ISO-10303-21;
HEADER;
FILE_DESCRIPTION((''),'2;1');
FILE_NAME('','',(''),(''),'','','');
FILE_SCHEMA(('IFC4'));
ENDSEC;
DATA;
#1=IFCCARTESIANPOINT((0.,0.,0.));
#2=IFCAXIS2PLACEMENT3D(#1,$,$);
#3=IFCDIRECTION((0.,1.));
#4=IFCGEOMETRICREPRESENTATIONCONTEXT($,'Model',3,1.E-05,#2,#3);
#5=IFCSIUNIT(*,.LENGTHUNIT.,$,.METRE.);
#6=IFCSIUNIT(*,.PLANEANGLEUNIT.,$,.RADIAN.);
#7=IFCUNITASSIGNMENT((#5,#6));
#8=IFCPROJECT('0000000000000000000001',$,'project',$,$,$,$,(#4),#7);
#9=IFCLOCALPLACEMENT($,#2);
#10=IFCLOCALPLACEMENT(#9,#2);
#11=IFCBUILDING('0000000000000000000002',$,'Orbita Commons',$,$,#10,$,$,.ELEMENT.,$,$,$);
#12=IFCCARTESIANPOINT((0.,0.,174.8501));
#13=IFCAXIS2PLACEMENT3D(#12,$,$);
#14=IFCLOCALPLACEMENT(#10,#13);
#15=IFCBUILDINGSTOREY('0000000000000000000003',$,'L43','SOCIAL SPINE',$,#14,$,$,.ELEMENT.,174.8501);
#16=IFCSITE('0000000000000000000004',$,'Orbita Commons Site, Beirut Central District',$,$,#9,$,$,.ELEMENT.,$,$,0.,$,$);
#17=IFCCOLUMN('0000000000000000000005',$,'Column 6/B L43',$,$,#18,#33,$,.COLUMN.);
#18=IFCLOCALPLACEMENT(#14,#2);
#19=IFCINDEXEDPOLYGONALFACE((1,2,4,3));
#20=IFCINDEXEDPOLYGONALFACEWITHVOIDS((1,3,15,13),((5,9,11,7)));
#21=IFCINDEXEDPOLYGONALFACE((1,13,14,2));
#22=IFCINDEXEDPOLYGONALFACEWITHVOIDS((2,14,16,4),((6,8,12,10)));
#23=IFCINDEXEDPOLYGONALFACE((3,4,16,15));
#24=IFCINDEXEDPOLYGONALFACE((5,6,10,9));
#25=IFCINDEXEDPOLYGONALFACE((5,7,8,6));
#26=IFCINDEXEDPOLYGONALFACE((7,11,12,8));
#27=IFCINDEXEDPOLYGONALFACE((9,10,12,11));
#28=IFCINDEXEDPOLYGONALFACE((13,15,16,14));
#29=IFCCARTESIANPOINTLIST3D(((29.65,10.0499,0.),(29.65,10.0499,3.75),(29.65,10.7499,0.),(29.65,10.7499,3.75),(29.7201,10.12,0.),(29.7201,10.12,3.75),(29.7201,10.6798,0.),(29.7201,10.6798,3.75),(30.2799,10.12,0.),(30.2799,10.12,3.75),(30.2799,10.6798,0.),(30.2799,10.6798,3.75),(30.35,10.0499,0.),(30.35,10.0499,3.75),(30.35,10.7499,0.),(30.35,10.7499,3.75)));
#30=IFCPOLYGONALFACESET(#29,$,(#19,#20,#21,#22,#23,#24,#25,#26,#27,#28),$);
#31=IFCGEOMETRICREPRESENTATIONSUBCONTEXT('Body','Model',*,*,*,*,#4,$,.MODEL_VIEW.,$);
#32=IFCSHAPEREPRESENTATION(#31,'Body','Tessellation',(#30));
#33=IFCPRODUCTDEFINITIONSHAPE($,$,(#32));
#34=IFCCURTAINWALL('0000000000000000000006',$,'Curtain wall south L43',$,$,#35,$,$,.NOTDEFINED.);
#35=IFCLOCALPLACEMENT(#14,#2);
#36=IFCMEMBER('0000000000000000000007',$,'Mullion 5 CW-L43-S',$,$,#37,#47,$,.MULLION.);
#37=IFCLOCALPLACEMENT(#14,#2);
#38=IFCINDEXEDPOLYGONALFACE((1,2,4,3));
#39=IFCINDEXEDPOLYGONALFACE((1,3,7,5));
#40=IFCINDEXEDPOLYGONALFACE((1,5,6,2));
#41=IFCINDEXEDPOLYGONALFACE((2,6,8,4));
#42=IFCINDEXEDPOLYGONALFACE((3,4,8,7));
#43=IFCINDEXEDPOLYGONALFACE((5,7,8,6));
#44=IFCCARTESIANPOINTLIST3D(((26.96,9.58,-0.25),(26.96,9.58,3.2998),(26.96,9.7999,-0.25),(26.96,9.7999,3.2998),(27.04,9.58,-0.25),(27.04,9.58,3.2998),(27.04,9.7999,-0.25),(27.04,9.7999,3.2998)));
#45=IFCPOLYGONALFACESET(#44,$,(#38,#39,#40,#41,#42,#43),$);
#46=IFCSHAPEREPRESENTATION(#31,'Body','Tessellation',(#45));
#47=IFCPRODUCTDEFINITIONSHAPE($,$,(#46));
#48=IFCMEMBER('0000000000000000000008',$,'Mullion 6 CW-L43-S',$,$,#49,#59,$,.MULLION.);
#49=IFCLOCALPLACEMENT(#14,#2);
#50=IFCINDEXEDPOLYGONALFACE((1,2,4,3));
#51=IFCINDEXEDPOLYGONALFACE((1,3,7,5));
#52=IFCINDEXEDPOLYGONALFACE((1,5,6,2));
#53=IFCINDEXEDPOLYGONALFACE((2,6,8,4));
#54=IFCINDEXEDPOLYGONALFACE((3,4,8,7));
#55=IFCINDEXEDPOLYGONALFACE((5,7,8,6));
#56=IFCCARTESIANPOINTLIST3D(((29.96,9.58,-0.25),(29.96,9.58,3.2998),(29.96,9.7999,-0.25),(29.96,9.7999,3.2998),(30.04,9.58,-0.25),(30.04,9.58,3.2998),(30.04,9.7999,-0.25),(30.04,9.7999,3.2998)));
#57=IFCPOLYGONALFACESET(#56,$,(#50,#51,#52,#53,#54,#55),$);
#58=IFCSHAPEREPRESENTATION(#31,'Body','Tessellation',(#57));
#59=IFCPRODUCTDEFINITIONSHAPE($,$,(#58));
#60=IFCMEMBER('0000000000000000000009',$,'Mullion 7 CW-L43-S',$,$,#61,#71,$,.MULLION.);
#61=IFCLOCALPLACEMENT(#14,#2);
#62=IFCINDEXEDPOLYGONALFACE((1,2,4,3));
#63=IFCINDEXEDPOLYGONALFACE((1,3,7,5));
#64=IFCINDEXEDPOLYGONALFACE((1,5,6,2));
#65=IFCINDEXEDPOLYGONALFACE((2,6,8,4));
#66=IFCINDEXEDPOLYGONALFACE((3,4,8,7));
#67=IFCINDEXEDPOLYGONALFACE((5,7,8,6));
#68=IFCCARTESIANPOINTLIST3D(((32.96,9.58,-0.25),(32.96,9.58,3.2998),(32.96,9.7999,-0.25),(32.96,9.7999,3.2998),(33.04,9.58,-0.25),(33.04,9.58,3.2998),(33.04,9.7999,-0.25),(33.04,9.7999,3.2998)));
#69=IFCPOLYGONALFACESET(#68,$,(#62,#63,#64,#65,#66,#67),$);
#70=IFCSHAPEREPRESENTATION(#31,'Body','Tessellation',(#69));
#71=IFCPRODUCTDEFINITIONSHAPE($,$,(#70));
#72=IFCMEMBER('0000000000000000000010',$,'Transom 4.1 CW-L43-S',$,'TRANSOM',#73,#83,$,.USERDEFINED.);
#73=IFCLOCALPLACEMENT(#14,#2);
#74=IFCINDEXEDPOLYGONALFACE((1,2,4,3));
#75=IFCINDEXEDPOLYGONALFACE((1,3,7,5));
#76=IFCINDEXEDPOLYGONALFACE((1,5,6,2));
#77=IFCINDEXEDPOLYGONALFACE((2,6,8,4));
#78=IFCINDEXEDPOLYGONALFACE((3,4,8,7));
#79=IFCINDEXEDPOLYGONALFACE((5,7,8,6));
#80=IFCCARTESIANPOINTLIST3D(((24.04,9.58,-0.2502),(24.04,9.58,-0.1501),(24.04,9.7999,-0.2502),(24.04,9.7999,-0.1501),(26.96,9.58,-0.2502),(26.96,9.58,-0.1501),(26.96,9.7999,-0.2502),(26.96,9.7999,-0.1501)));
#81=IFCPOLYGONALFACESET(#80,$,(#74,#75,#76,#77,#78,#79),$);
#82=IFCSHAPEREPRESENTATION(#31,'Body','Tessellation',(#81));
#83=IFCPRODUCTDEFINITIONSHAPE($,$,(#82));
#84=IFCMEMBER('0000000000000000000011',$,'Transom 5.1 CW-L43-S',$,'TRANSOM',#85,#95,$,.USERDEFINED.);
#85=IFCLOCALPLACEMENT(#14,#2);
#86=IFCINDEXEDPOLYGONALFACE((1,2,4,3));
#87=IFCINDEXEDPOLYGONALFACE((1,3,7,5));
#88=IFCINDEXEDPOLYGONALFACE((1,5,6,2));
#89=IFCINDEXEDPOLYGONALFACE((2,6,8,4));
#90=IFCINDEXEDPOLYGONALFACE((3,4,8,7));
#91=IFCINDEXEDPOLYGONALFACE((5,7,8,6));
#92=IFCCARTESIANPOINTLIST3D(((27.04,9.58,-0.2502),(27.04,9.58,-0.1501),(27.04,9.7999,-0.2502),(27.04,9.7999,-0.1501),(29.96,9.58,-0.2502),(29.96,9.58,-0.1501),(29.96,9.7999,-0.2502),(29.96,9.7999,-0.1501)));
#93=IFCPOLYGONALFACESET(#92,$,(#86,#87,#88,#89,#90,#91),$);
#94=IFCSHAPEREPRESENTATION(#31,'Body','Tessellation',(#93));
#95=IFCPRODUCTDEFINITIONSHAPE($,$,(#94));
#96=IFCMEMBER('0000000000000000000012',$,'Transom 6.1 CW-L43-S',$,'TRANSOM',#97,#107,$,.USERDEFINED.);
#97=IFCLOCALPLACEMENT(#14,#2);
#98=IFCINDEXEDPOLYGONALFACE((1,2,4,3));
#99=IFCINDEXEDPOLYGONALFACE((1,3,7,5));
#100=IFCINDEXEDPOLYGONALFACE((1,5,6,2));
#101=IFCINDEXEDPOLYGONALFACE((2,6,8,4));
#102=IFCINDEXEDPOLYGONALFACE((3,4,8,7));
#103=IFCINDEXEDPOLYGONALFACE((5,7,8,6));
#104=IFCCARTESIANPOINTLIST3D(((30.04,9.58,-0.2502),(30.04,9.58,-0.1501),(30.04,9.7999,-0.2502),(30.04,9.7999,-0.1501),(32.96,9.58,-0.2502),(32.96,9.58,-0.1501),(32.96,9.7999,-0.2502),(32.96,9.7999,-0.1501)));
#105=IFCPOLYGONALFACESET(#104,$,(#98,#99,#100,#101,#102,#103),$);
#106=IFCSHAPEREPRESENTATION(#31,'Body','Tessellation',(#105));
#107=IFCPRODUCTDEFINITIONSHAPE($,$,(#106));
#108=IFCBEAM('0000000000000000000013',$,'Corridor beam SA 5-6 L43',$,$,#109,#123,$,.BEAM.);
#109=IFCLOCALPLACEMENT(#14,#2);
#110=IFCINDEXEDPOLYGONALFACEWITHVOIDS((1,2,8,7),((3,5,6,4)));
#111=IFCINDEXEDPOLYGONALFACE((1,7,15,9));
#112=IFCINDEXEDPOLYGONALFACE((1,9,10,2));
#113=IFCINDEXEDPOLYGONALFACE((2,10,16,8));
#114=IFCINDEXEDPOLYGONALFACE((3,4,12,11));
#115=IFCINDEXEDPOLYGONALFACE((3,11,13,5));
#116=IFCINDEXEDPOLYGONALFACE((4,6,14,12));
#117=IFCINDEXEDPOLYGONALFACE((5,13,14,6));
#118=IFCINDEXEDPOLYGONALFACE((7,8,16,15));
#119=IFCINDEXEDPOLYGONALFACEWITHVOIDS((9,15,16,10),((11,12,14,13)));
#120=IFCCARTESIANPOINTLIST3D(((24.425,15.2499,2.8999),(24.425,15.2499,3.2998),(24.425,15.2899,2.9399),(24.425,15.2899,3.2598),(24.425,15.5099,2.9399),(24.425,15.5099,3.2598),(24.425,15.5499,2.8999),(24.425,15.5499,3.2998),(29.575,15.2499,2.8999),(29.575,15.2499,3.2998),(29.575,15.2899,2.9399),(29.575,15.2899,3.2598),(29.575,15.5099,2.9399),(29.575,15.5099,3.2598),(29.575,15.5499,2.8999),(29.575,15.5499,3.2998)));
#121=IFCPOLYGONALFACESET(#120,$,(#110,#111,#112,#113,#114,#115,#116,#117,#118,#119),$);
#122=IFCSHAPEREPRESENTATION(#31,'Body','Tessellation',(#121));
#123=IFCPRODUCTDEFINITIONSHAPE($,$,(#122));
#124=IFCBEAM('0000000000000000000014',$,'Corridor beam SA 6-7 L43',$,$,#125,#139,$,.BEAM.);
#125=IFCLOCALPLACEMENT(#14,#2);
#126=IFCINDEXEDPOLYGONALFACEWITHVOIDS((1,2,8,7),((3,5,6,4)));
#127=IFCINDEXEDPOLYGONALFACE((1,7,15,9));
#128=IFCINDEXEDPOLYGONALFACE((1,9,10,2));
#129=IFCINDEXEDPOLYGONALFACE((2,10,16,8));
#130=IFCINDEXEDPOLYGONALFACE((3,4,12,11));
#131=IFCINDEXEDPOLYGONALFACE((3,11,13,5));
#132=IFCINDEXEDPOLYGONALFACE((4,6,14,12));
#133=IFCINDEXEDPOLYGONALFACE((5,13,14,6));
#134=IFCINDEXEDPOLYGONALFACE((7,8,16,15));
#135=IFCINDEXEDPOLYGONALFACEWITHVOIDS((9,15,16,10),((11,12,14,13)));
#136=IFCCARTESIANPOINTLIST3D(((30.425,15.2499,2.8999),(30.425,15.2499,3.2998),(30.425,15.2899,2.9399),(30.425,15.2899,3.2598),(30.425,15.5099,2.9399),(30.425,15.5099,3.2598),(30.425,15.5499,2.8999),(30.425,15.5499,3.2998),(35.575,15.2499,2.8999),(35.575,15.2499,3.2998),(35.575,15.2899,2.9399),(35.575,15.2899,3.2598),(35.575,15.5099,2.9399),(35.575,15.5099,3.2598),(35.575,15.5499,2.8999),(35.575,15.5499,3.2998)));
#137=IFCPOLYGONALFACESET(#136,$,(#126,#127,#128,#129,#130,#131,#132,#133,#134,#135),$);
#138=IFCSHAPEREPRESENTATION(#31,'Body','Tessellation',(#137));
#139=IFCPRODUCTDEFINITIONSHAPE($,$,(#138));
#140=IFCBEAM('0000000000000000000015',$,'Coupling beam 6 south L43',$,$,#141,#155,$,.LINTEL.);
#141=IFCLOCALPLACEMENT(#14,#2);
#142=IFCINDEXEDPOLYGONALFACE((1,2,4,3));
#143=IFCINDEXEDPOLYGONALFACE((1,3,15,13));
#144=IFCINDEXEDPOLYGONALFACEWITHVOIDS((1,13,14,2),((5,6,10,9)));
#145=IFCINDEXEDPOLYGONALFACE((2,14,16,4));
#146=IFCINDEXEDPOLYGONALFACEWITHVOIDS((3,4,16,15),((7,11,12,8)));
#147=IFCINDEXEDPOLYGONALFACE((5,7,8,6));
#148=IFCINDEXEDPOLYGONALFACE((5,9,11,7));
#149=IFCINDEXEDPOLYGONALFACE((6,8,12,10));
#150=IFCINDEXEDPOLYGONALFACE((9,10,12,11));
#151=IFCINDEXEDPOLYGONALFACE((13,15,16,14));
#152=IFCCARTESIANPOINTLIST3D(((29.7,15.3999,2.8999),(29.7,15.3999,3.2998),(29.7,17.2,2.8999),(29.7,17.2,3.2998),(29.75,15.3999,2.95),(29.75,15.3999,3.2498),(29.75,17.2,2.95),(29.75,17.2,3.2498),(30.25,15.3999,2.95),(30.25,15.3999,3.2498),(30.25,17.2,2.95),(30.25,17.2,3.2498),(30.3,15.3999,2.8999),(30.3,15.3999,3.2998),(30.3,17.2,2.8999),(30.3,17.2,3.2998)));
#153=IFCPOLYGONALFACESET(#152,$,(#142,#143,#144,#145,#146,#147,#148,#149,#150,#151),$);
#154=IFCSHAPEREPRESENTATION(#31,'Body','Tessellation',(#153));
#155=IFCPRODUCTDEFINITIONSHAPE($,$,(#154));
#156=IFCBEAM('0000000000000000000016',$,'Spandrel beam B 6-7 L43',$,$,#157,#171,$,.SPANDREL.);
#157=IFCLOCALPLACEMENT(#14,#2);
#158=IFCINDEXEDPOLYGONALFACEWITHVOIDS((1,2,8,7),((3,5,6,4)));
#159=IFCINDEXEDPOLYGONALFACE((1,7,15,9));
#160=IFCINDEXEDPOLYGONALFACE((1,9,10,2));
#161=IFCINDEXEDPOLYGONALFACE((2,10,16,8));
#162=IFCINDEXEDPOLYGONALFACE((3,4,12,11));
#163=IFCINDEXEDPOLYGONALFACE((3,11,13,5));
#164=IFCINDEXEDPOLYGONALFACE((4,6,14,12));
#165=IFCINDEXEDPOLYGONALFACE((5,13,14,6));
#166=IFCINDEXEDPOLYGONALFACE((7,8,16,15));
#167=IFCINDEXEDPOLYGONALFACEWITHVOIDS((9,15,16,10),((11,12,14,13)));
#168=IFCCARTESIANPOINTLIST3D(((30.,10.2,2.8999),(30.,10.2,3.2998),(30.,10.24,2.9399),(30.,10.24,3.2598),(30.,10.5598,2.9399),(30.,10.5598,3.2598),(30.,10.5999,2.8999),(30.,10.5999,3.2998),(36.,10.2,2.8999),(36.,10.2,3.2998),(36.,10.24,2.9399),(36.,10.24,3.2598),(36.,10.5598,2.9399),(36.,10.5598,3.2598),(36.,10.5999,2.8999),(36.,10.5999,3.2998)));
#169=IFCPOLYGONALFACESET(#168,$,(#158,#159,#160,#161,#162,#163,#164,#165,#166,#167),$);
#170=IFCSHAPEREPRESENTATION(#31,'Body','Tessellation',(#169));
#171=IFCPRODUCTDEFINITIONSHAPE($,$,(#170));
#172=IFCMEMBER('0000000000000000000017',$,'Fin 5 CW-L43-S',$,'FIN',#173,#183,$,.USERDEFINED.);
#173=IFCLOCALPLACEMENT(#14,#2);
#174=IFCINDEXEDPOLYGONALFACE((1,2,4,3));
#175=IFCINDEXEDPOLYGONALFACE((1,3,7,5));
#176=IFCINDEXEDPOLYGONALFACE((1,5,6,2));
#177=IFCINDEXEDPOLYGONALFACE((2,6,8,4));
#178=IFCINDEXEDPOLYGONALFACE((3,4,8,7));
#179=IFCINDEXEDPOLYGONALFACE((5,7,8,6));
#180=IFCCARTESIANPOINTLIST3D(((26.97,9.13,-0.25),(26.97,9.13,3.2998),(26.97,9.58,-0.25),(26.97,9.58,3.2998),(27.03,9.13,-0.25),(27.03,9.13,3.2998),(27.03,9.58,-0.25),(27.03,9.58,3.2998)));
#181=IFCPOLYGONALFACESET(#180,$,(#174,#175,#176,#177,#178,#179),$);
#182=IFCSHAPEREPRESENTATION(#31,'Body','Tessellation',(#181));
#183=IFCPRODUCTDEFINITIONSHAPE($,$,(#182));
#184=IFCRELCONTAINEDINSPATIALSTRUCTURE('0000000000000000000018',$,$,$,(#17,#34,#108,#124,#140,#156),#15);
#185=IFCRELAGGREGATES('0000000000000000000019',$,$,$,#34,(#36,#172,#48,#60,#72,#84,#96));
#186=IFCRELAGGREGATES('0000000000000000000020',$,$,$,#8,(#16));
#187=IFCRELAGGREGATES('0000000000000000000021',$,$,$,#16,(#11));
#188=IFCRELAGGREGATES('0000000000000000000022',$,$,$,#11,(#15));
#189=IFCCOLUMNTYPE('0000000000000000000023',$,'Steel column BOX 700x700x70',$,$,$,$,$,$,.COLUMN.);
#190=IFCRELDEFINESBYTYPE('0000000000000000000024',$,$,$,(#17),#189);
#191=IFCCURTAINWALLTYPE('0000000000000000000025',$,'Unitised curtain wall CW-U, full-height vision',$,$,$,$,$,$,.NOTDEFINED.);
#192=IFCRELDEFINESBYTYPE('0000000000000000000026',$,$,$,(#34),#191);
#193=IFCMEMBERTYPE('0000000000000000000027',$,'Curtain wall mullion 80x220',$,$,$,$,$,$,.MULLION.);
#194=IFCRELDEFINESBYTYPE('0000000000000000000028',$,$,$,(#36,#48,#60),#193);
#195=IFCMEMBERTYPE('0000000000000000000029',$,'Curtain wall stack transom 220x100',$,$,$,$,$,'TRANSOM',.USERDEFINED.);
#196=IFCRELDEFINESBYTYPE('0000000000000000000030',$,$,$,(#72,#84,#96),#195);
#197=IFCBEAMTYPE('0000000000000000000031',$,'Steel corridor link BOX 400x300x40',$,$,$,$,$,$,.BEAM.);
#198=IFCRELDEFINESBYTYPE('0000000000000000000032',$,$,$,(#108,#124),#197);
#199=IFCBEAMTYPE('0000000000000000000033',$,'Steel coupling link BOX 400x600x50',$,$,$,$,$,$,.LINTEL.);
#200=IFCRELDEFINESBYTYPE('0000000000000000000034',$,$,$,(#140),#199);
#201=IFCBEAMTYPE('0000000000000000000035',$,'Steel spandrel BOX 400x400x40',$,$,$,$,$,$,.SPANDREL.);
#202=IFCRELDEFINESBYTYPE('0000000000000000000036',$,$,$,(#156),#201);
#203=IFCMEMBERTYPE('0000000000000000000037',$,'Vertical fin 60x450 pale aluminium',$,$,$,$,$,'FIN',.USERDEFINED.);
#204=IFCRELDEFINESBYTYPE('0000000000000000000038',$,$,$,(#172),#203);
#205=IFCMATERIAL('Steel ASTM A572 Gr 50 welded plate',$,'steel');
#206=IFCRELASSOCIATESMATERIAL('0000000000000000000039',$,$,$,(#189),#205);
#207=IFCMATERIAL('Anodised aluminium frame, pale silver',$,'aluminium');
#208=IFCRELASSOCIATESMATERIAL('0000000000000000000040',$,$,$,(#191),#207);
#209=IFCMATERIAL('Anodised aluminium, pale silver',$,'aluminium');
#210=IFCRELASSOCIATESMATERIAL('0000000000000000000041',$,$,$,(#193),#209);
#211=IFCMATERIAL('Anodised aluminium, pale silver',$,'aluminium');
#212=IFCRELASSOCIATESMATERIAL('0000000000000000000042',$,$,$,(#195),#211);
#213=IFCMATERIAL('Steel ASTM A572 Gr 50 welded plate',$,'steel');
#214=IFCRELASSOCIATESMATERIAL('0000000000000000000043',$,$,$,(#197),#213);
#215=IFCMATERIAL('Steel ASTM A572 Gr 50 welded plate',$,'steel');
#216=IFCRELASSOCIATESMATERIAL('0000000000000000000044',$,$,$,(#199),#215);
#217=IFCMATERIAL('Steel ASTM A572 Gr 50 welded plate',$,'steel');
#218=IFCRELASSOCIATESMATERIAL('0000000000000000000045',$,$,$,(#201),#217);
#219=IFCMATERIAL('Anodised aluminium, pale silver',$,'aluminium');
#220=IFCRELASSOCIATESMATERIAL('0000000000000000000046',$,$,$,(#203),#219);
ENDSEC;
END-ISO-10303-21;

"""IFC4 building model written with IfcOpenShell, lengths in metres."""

from ifc_helpers import new_model, si_unit, direction, frame, origin, origin_2d, place, context, subcontext, project, spatial, rectangle, hollow_rectangle, extrude, material, material_profile, profile_set, type_object, element, aggregate, save


model = new_model("IFC4")

# Units and contexts
model_context = context("Model", 3, precision=1e-05, world=origin(), true_north=direction((0.0, 1.0)))
body_context = subcontext(model_context, "Body", "Model", "MODEL_VIEW")
ifc_project = project(units=[si_unit("LENGTHUNIT", "METRE"), si_unit("PLANEANGLEUNIT", "RADIAN")], contexts=[model_context])

# Site, building, storey
site_placement = place(None, origin())
site = spatial("IfcSite", under=ifc_project, at=site_placement, Name="Orbita Commons Site, Beirut Central District", CompositionType="ELEMENT", RefElevation=0.0)
building_placement = place(site_placement, origin())
building = spatial("IfcBuilding", under=site, at=building_placement, Name="Orbita Commons", CompositionType="ELEMENT")
storey_placement = place(building_placement, frame((0.0, 0.0, 174.8501)))
storey = spatial("IfcBuildingStorey", under=building, at=storey_placement, Name="L43", Description="SOCIAL SPINE", CompositionType="ELEMENT", Elevation=174.8501)

# Column
ifc_material_1 = material(Name="Steel ASTM A572 Gr 50 welded plate", Category="steel")
ifc_material_profile_1 = material_profile(ifc_material_1, hollow_rectangle(XDim=0.7, YDim=0.7, WallThickness=0.0701, at=origin_2d()), Name="BOX 700x700x70")
ifc_profile_set_1 = profile_set([ifc_material_profile_1], Name="Steel ASTM A572 Gr 50 welded plate")
column_type = type_object("IfcColumnType", Name="Steel column BOX 700x700x70", PredefinedType="COLUMN", material=ifc_profile_set_1)
column_placement = place(storey_placement, frame((30.0, 10.3999, 0.0), z_axis=(0.0, 0.0, 1.0), x_axis=(1.0, 0.0, 0.0)))
element("IfcColumn", 1, at=column_placement, inside=storey, type_object=column_type, Name="Column 6/B L43", PredefinedType="COLUMN", context=body_context, shape_type="SweptSolid", body=[
    extrude(hollow_rectangle(XDim=0.7, YDim=0.7, WallThickness=0.0701, at=origin_2d()), origin(), (0.0, 0.0, 1.0), 3.75),
])

# Curtain wall, members
ifc_material_2 = material(Name="Anodised aluminium frame, pale silver", Category="aluminium")
curtain_wall_type = type_object("IfcCurtainWallType", Name="Unitised curtain wall CW-U, full-height vision", PredefinedType="NOTDEFINED", material=ifc_material_2)
curtain_wall_placement = place(storey_placement, origin())
curtain_wall = element("IfcCurtainWall", 2, at=curtain_wall_placement, inside=storey, type_object=curtain_wall_type, Name="Curtain wall south L43", PredefinedType="NOTDEFINED")
ifc_material_3 = material(Name="Anodised aluminium, pale silver", Category="aluminium")
ifc_material_profile_2 = material_profile(ifc_material_3, rectangle(XDim=0.0801, YDim=0.22, at=origin_2d()), Name="AL 80x220")
ifc_profile_set_2 = profile_set([ifc_material_profile_2], Name="Anodised aluminium, pale silver")
member_type_1 = type_object("IfcMemberType", Name="Curtain wall mullion 80x220", PredefinedType="MULLION", material=ifc_profile_set_2)
member_1_placement = place(storey_placement, frame((27.0, 9.6899, -0.25), z_axis=(0.0, 0.0, 1.0), x_axis=(1.0, 0.0, 0.0)))
member_1 = element("IfcMember", 3, at=member_1_placement, type_object=member_type_1, Name="Mullion 5 CW-L43-S", PredefinedType="MULLION", context=body_context, shape_type="SweptSolid", body=[
    extrude(rectangle(XDim=0.0801, YDim=0.22, at=origin_2d()), origin(), (0.0, 0.0, 1.0), 3.5498),
])
member_2_placement = place(storey_placement, frame((30.0, 9.6899, -0.25), z_axis=(0.0, 0.0, 1.0), x_axis=(1.0, 0.0, 0.0)))
member_2 = element("IfcMember", 4, at=member_2_placement, type_object=member_type_1, Name="Mullion 6 CW-L43-S", PredefinedType="MULLION", context=body_context, shape_type="SweptSolid", body=[
    extrude(rectangle(XDim=0.0801, YDim=0.22, at=origin_2d()), origin(), (0.0, 0.0, 1.0), 3.5498),
])
member_3_placement = place(storey_placement, frame((33.0, 9.6899, -0.25), z_axis=(0.0, 0.0, 1.0), x_axis=(1.0, 0.0, 0.0)))
member_3 = element("IfcMember", 5, at=member_3_placement, type_object=member_type_1, Name="Mullion 7 CW-L43-S", PredefinedType="MULLION", context=body_context, shape_type="SweptSolid", body=[
    extrude(rectangle(XDim=0.0801, YDim=0.22, at=origin_2d()), origin(), (0.0, 0.0, 1.0), 3.5498),
])
ifc_material_4 = material(Name="Anodised aluminium, pale silver", Category="aluminium")
ifc_material_profile_3 = material_profile(ifc_material_4, rectangle(XDim=0.22, YDim=0.1001, at=origin_2d()), Name="AL 220x100")
ifc_profile_set_3 = profile_set([ifc_material_profile_3], Name="Anodised aluminium, pale silver")
member_type_2 = type_object("IfcMemberType", Name="Curtain wall stack transom 220x100", ElementType="TRANSOM", PredefinedType="USERDEFINED", material=ifc_profile_set_3)
member_4_placement = place(storey_placement, frame((24.04, 9.6899, -0.2002), z_axis=(1.0, 0.0, 0.0), x_axis=(0.0, 1.0, 0.0)))
member_4 = element("IfcMember", 6, at=member_4_placement, type_object=member_type_2, Name="Transom 4.1 CW-L43-S", ObjectType="TRANSOM", PredefinedType="USERDEFINED", context=body_context, shape_type="SweptSolid", body=[
    extrude(rectangle(XDim=0.22, YDim=0.1001, at=origin_2d()), origin(), (0.0, 0.0, 1.0), 2.9199),
])
member_5_placement = place(storey_placement, frame((27.04, 9.6899, -0.2002), z_axis=(1.0, 0.0, 0.0), x_axis=(0.0, 1.0, 0.0)))
member_5 = element("IfcMember", 7, at=member_5_placement, type_object=member_type_2, Name="Transom 5.1 CW-L43-S", ObjectType="TRANSOM", PredefinedType="USERDEFINED", context=body_context, shape_type="SweptSolid", body=[
    extrude(rectangle(XDim=0.22, YDim=0.1001, at=origin_2d()), origin(), (0.0, 0.0, 1.0), 2.9199),
])
member_6_placement = place(storey_placement, frame((30.04, 9.6899, -0.2002), z_axis=(1.0, 0.0, 0.0), x_axis=(0.0, 1.0, 0.0)))
member_6 = element("IfcMember", 8, at=member_6_placement, type_object=member_type_2, Name="Transom 6.1 CW-L43-S", ObjectType="TRANSOM", PredefinedType="USERDEFINED", context=body_context, shape_type="SweptSolid", body=[
    extrude(rectangle(XDim=0.22, YDim=0.1001, at=origin_2d()), origin(), (0.0, 0.0, 1.0), 2.9199),
])

# Beams
ifc_material_5 = material(Name="Steel ASTM A572 Gr 50 welded plate", Category="steel")
ifc_material_profile_4 = material_profile(ifc_material_5, hollow_rectangle(XDim=0.3, YDim=0.3999, WallThickness=0.04, at=origin_2d()), Name="BOX 400x300x40")
ifc_profile_set_4 = profile_set([ifc_material_profile_4], Name="Steel ASTM A572 Gr 50 welded plate")
beam_type_1 = type_object("IfcBeamType", Name="Steel corridor link BOX 400x300x40", PredefinedType="BEAM", material=ifc_profile_set_4)
for number, where, z_axis, x_axis, name in (
    (9, (24.425, 15.3999, 3.0999), (1.0, 0.0, 0.0), (0.0, 1.0, 0.0), "Corridor beam SA 5-6 L43"),
    (10, (30.425, 15.3999, 3.0999), (1.0, 0.0, 0.0), (0.0, 1.0, 0.0), "Corridor beam SA 6-7 L43"),
):
    element("IfcBeam", number, at=place(storey_placement, frame(where, z_axis=z_axis, x_axis=x_axis)), inside=storey, type_object=beam_type_1, Name=name, PredefinedType="BEAM", context=body_context, shape_type="SweptSolid", body=[
        extrude(hollow_rectangle(XDim=0.3, YDim=0.3999, WallThickness=0.04, at=origin_2d()), origin(), (0.0, 0.0, 1.0), 5.1499),
    ])
ifc_material_6 = material(Name="Steel ASTM A572 Gr 50 welded plate", Category="steel")
ifc_material_profile_5 = material_profile(ifc_material_6, hollow_rectangle(XDim=0.6001, YDim=0.3999, WallThickness=0.05, at=origin_2d()), Name="BOX 400x600x50")
ifc_profile_set_5 = profile_set([ifc_material_profile_5], Name="Steel ASTM A572 Gr 50 welded plate")
beam_type_2 = type_object("IfcBeamType", Name="Steel coupling link BOX 400x600x50", PredefinedType="LINTEL", material=ifc_profile_set_5)
beam_1_placement = place(storey_placement, frame((30.0, 15.3999, 3.0999), z_axis=(0.0, 1.0, 0.0), x_axis=(-1.0, 0.0, 0.0)))
element("IfcBeam", 11, at=beam_1_placement, inside=storey, type_object=beam_type_2, Name="Coupling beam 6 south L43", PredefinedType="LINTEL", context=body_context, shape_type="SweptSolid", body=[
    extrude(hollow_rectangle(XDim=0.6001, YDim=0.3999, WallThickness=0.05, at=origin_2d()), origin(), (0.0, 0.0, 1.0), 1.8),
])
ifc_material_7 = material(Name="Steel ASTM A572 Gr 50 welded plate", Category="steel")
ifc_material_profile_6 = material_profile(ifc_material_7, hollow_rectangle(XDim=0.3999, YDim=0.3999, WallThickness=0.04, at=origin_2d()), Name="BOX 400x400x40")
ifc_profile_set_6 = profile_set([ifc_material_profile_6], Name="Steel ASTM A572 Gr 50 welded plate")
beam_type_3 = type_object("IfcBeamType", Name="Steel spandrel BOX 400x400x40", PredefinedType="SPANDREL", material=ifc_profile_set_6)
beam_2_placement = place(storey_placement, frame((30.0, 10.3999, 3.0999), z_axis=(1.0, 0.0, 0.0), x_axis=(0.0, 1.0, 0.0)))
element("IfcBeam", 12, at=beam_2_placement, inside=storey, type_object=beam_type_3, Name="Spandrel beam B 6-7 L43", PredefinedType="SPANDREL", context=body_context, shape_type="SweptSolid", body=[
    extrude(hollow_rectangle(XDim=0.3999, YDim=0.3999, WallThickness=0.04, at=origin_2d()), origin(), (0.0, 0.0, 1.0), 6.0),
])

# Member
ifc_material_8 = material(Name="Anodised aluminium, pale silver", Category="aluminium")
ifc_material_profile_7 = material_profile(ifc_material_8, rectangle(XDim=0.0601, YDim=0.45, at=origin_2d()), Name="FIN 60x450")
ifc_profile_set_7 = profile_set([ifc_material_profile_7], Name="Anodised aluminium, pale silver")
member_type_3 = type_object("IfcMemberType", Name="Vertical fin 60x450 pale aluminium", ElementType="FIN", PredefinedType="USERDEFINED", material=ifc_profile_set_7)
member_7_placement = place(storey_placement, frame((27.0, 9.355, -0.25), z_axis=(0.0, 0.0, 1.0), x_axis=(1.0, 0.0, 0.0)))
member_7 = element("IfcMember", 13, at=member_7_placement, type_object=member_type_3, Name="Fin 5 CW-L43-S", ObjectType="FIN", PredefinedType="USERDEFINED", context=body_context, shape_type="SweptSolid", body=[
    extrude(rectangle(XDim=0.0601, YDim=0.45, at=origin_2d()), origin(), (0.0, 0.0, 1.0), 3.5498),
])

aggregate(curtain_wall, [member_1, member_7, member_2, member_3, member_4, member_5, member_6])

save(model, "model.ifc")
